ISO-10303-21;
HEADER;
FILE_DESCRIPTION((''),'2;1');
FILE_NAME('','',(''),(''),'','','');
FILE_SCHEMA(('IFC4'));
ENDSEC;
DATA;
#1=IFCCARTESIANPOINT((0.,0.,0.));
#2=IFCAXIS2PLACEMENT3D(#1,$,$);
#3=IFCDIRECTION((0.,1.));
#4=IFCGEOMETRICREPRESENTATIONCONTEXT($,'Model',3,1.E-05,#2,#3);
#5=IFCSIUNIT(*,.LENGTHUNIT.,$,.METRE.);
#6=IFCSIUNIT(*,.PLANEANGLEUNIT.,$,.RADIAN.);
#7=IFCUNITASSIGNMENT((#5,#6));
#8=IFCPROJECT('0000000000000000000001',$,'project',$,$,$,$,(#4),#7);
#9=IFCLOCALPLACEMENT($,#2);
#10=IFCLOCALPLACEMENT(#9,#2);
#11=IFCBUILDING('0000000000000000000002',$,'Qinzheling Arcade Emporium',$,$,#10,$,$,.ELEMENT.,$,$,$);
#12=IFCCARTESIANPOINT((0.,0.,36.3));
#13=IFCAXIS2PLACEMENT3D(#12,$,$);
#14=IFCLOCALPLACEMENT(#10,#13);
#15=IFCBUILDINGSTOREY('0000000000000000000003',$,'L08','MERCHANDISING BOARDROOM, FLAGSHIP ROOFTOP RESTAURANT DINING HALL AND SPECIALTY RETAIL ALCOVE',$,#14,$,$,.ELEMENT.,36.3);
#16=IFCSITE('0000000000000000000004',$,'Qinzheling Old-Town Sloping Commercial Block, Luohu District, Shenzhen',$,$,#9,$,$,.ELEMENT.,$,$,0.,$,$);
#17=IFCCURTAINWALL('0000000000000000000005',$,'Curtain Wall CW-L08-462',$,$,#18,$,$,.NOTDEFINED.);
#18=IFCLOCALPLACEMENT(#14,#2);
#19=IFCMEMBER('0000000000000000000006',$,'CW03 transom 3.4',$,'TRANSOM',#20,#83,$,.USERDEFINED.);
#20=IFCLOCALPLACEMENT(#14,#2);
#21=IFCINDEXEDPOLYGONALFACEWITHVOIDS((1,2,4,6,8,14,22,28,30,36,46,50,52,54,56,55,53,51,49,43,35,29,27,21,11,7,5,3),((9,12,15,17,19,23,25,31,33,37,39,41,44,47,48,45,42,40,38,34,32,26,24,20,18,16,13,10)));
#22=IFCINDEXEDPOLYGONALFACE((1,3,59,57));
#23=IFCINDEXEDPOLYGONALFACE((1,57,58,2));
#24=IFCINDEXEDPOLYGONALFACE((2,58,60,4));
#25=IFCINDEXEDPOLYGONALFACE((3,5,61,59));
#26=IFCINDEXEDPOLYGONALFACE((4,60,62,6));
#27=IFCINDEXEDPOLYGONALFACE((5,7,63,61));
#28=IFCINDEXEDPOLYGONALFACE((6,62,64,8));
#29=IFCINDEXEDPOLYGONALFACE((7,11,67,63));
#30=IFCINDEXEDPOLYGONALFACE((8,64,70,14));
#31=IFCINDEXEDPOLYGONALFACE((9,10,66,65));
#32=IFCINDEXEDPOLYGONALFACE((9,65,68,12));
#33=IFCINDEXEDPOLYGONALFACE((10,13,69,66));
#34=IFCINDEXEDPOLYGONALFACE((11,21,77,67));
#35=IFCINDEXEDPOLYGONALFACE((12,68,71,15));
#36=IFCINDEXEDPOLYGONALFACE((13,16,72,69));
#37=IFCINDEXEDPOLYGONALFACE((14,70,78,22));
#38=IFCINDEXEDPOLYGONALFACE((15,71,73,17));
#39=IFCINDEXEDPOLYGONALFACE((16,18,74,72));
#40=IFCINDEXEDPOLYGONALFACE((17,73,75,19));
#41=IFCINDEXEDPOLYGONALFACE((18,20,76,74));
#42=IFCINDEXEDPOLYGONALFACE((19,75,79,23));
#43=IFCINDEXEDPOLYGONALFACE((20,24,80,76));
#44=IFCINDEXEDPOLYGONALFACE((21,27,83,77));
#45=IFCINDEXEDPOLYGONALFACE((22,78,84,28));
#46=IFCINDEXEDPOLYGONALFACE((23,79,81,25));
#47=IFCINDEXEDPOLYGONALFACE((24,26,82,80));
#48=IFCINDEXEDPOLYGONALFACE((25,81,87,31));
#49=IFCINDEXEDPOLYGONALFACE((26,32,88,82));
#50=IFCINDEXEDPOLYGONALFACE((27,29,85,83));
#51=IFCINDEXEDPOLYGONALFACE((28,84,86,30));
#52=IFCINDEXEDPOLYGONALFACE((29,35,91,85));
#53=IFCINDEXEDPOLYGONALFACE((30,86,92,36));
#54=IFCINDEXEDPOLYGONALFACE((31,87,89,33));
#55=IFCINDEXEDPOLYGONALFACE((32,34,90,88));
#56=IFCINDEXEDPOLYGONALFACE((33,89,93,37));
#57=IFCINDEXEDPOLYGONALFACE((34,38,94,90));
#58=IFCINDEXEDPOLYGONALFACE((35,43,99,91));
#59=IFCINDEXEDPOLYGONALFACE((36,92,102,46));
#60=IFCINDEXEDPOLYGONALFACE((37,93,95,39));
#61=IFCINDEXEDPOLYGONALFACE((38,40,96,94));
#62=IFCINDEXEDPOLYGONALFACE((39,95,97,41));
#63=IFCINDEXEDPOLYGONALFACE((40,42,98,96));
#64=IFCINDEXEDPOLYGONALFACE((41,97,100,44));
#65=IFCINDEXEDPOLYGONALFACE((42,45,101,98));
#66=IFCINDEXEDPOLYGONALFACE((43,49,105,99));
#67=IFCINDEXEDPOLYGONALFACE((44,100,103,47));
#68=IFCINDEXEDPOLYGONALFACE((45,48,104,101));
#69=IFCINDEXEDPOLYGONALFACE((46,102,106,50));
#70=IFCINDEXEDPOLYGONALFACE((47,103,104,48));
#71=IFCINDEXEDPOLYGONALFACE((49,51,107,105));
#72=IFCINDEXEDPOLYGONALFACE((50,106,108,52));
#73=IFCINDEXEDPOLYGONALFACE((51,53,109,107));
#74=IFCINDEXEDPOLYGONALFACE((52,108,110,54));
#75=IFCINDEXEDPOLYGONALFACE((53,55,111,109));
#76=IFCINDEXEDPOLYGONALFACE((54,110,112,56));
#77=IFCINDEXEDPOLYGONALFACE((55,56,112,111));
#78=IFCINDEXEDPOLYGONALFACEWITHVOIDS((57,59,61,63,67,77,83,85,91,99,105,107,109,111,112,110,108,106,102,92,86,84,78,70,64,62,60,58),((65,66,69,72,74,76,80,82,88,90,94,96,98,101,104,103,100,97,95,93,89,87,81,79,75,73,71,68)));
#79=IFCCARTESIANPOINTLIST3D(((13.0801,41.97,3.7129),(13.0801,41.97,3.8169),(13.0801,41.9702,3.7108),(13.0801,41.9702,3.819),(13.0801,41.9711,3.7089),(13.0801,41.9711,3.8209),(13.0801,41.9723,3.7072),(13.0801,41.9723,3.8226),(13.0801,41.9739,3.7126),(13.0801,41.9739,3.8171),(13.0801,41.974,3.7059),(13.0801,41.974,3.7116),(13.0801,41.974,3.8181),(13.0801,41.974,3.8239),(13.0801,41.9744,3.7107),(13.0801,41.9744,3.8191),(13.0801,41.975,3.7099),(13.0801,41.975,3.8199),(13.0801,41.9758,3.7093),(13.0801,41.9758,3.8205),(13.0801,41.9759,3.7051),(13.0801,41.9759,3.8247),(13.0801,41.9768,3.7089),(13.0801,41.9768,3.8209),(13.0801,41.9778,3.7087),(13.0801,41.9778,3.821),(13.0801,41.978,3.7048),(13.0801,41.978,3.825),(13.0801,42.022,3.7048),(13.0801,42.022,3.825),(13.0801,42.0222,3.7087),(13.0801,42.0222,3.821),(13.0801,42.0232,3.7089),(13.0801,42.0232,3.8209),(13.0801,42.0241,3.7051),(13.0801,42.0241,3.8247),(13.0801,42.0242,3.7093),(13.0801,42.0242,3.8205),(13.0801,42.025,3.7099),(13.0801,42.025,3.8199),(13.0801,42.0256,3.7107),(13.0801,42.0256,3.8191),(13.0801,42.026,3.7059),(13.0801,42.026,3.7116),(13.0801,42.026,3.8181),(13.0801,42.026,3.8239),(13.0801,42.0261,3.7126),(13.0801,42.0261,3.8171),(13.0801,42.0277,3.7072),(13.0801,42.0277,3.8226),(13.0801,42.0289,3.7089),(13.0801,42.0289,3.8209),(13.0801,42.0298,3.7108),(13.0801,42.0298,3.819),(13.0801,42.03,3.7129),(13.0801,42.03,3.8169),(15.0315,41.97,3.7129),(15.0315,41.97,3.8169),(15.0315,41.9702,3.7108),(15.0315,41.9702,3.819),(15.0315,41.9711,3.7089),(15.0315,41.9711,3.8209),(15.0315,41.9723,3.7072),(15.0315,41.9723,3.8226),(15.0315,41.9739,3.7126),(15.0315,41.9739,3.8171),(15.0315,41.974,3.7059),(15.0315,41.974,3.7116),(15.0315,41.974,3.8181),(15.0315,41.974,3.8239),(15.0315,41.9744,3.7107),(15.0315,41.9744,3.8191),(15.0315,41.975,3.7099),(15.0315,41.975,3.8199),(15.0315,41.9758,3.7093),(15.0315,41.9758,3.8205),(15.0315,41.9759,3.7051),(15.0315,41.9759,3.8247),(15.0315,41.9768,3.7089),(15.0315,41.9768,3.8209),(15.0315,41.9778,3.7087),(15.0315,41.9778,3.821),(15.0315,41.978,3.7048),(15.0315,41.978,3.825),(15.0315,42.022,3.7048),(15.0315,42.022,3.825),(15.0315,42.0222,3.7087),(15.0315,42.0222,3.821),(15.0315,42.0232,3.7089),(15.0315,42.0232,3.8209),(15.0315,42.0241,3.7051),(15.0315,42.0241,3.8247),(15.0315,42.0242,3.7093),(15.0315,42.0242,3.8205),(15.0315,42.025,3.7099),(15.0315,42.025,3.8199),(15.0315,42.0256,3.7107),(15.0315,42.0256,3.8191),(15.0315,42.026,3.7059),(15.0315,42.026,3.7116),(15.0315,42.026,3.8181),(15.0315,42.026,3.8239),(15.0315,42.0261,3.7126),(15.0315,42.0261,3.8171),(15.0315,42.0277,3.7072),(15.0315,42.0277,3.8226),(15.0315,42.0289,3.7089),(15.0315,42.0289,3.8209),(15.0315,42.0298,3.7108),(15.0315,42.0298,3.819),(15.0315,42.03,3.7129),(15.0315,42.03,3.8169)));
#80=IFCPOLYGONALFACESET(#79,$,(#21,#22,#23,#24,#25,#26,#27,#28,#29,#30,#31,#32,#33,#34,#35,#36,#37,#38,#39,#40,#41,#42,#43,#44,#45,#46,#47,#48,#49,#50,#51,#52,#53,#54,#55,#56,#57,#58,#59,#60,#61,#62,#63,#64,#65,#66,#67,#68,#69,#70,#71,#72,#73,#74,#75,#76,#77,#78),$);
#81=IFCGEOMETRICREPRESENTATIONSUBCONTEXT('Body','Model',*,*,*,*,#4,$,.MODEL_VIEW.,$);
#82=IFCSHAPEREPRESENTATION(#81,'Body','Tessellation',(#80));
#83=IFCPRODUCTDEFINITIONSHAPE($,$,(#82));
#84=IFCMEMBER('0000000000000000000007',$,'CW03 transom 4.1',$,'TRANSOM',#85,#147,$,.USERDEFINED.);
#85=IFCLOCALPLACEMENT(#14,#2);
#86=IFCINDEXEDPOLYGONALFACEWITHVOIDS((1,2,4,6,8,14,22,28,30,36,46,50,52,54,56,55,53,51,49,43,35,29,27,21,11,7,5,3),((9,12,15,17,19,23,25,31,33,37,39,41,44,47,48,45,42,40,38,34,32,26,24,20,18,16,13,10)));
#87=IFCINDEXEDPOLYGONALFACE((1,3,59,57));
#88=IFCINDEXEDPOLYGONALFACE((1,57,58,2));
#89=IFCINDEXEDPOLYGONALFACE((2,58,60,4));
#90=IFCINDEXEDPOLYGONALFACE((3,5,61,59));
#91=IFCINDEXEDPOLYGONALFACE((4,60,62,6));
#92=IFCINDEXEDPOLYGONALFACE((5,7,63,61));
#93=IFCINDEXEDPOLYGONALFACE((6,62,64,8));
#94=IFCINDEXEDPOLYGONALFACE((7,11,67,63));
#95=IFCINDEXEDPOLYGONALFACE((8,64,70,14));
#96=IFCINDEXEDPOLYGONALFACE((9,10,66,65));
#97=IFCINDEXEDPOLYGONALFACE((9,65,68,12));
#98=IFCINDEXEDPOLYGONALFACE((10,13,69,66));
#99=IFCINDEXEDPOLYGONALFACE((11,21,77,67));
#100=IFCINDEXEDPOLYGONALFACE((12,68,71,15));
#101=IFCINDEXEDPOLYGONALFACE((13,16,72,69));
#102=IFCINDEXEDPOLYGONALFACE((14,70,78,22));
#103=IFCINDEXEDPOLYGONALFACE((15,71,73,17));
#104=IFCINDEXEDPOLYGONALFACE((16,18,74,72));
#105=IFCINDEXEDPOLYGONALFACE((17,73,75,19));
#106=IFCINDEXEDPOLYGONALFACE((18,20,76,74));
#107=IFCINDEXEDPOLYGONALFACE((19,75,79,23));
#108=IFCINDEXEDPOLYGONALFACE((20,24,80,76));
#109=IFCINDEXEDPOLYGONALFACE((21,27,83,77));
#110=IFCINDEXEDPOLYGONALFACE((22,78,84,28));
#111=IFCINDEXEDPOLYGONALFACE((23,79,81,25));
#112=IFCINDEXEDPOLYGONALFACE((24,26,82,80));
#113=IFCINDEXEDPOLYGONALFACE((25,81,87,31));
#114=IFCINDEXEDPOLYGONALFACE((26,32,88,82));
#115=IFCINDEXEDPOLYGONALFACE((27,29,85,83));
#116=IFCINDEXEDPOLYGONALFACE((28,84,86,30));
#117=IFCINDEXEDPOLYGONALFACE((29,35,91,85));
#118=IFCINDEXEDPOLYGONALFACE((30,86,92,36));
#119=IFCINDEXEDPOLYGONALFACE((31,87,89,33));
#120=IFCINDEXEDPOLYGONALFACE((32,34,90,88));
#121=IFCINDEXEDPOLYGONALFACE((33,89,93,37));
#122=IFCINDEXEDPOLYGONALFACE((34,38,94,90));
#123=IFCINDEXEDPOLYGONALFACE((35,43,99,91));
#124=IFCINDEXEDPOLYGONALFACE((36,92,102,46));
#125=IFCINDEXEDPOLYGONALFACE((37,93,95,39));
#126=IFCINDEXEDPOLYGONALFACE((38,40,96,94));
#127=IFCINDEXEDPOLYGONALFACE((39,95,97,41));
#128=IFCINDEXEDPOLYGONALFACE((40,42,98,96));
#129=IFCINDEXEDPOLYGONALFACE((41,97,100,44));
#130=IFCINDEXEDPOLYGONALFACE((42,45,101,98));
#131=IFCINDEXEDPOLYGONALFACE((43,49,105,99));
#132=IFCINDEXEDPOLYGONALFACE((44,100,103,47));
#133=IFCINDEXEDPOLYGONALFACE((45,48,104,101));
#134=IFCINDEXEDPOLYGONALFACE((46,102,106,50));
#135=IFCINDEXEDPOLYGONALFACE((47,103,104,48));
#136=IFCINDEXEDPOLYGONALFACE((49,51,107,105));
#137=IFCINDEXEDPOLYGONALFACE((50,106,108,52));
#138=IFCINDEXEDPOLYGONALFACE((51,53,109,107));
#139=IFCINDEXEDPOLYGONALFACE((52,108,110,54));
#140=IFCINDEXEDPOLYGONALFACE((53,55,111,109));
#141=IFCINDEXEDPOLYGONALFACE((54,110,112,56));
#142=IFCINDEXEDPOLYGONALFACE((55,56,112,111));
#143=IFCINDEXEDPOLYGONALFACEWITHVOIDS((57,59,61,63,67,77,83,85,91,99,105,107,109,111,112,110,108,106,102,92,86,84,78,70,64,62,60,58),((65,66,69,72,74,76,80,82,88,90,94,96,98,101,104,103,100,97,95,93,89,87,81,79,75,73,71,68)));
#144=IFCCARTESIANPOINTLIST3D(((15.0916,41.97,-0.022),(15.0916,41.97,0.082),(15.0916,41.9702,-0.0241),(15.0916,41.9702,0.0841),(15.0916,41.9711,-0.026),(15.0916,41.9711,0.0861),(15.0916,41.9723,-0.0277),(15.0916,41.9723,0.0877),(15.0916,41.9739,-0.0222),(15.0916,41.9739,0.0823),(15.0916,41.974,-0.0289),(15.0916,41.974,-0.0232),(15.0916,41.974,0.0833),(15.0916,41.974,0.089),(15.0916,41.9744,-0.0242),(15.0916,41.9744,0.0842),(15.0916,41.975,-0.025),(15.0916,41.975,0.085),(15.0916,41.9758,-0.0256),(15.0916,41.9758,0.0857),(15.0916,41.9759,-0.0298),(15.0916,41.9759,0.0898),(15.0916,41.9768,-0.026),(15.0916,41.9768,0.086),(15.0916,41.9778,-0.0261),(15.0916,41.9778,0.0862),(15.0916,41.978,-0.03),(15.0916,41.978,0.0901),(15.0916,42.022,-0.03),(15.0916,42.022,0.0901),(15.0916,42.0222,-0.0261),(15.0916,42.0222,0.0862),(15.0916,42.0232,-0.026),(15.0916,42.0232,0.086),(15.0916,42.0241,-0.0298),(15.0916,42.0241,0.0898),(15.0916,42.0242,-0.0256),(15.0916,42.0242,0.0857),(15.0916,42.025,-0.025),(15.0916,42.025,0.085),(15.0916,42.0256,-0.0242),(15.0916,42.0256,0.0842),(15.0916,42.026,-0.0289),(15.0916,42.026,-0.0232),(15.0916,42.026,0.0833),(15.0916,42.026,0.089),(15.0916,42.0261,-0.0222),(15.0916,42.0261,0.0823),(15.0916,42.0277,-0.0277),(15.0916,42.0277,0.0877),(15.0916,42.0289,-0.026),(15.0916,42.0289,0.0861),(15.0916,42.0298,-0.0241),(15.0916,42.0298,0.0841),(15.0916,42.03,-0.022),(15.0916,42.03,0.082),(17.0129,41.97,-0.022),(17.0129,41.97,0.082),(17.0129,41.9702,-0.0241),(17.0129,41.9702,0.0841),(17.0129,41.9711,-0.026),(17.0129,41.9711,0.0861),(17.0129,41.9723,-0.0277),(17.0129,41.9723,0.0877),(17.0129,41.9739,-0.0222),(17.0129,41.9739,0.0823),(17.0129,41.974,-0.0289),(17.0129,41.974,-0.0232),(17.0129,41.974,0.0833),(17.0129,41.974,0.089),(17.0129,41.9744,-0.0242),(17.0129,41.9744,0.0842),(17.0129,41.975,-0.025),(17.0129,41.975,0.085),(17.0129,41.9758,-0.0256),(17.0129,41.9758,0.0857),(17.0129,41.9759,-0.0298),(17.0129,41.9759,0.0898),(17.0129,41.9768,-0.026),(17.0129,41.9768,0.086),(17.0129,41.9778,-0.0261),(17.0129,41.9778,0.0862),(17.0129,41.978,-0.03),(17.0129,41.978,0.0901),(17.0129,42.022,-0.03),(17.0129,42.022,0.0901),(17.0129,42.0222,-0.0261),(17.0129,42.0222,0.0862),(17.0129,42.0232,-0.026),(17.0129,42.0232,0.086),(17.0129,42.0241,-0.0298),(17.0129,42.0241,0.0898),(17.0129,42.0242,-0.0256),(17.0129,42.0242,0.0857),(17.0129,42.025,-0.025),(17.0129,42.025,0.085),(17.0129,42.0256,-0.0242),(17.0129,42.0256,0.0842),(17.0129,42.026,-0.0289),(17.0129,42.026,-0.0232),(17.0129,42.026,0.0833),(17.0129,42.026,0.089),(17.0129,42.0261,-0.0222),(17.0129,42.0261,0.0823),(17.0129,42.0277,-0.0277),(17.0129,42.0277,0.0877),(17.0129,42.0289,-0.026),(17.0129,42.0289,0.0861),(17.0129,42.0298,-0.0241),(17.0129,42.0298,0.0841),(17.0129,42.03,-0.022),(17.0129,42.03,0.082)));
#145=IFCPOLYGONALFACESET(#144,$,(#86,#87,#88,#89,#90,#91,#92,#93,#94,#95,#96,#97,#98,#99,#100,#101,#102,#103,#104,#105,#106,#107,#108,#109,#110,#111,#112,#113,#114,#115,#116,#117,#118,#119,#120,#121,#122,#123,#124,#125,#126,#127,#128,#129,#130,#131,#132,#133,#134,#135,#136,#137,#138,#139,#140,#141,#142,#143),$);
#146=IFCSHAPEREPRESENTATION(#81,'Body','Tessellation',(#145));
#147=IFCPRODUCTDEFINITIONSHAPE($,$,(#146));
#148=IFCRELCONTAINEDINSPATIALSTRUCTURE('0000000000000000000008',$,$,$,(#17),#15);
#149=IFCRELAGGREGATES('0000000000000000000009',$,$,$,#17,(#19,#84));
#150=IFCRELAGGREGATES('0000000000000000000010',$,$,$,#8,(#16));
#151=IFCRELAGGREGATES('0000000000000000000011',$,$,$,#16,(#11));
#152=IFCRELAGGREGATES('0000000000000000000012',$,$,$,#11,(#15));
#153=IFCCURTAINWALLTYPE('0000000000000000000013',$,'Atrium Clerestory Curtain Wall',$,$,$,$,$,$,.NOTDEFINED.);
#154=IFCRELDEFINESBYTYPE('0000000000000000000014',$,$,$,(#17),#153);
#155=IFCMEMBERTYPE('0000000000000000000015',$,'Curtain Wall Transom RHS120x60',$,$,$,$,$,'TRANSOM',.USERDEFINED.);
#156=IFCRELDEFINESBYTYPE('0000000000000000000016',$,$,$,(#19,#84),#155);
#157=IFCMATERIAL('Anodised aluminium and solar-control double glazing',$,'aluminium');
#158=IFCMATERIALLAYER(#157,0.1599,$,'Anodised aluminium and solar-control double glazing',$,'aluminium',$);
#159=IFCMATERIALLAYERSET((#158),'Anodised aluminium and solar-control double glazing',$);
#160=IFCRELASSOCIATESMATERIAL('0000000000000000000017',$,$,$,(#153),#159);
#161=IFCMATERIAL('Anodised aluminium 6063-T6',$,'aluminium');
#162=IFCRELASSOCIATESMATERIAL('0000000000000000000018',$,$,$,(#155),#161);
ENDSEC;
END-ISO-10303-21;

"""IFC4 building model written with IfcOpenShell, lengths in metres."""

from ifc_helpers import new_model, si_unit, direction, frame, origin, origin_2d, place, context, subcontext, project, spatial, hollow_rectangle, extrude, material, layer, layer_set, material_profile, profile_set, type_object, element, aggregate, save


model = new_model("IFC4")

# Units and contexts
model_context = context("Model", 3, precision=1e-05, world=origin(), true_north=direction((0.0, 1.0)))
body_context = subcontext(model_context, "Body", "Model", "MODEL_VIEW")
ifc_project = project(units=[si_unit("LENGTHUNIT", "METRE"), si_unit("PLANEANGLEUNIT", "RADIAN")], contexts=[model_context])

# Site, building, storey
site_placement = place(None, origin())
site = spatial("IfcSite", under=ifc_project, at=site_placement, Name="Qinzheling Old-Town Sloping Commercial Block, Luohu District, Shenzhen", CompositionType="ELEMENT", RefElevation=0.0)
building_placement = place(site_placement, origin())
building = spatial("IfcBuilding", under=site, at=building_placement, Name="Qinzheling Arcade Emporium", CompositionType="ELEMENT")
storey_placement = place(building_placement, frame((0.0, 0.0, 36.3)))
storey = spatial("IfcBuildingStorey", under=building, at=storey_placement, Name="L08", Description="MERCHANDISING BOARDROOM, FLAGSHIP ROOFTOP RESTAURANT DINING HALL AND SPECIALTY RETAIL ALCOVE", CompositionType="ELEMENT", Elevation=36.3)

# Curtain wall, members
ifc_material_1 = material(Name="Anodised aluminium and solar-control double glazing", Category="aluminium")
ifc_layer_1 = layer(ifc_material_1, 0.1599, Name="Anodised aluminium and solar-control double glazing", Category="aluminium")
ifc_layer_set_1 = layer_set([ifc_layer_1], Name="Anodised aluminium and solar-control double glazing")
curtain_wall_type = type_object("IfcCurtainWallType", Name="Atrium Clerestory Curtain Wall", PredefinedType="NOTDEFINED", material=ifc_layer_set_1)
curtain_wall_placement = place(storey_placement, origin())
curtain_wall = element("IfcCurtainWall", 1, at=curtain_wall_placement, inside=storey, type_object=curtain_wall_type, Name="Curtain Wall CW-L08-462", PredefinedType="NOTDEFINED")
ifc_material_2 = material(Name="Anodised aluminium 6063-T6", Category="aluminium")
ifc_material_profile_1 = material_profile(ifc_material_2, hollow_rectangle(XDim=0.0601, YDim=0.1201, WallThickness=0.0039, InnerFilletRadius=0.0039, OuterFilletRadius=0.0081, at=origin_2d()), Name="RHS 120x60x4", Category="aluminium")
ifc_profile_set_1 = profile_set([ifc_material_profile_1], Name="Anodised aluminium 6063-T6")
member_type_1 = type_object("IfcMemberType", Name="Curtain Wall Transom RHS120x60", ElementType="TRANSOM", PredefinedType="USERDEFINED", material=ifc_profile_set_1)
member_1_placement = place(storey_placement, frame((13.0801, 42.0, 3.7649), z_axis=(1.0, 0.0, 0.0), x_axis=(0.0, 1.0, 0.0)))
member_1 = element("IfcMember", 2, at=member_1_placement, type_object=member_type_1, Name="CW03 transom 3.4", ObjectType="TRANSOM", PredefinedType="USERDEFINED", context=body_context, shape_type="SweptSolid", body=[
    extrude(hollow_rectangle(XDim=0.0601, YDim=0.1201, WallThickness=0.0039, InnerFilletRadius=0.0039, OuterFilletRadius=0.0081, at=origin_2d()), origin(), (0.0, 0.0, 1.0), 1.9514),
])
member_2_placement = place(storey_placement, frame((15.0916, 42.0, 0.03), z_axis=(1.0, 0.0, 0.0), x_axis=(0.0, 1.0, 0.0)))
member_2 = element("IfcMember", 3, at=member_2_placement, type_object=member_type_1, Name="CW03 transom 4.1", ObjectType="TRANSOM", PredefinedType="USERDEFINED", context=body_context, shape_type="SweptSolid", body=[
    extrude(hollow_rectangle(XDim=0.0601, YDim=0.1201, WallThickness=0.0039, InnerFilletRadius=0.0039, OuterFilletRadius=0.0081, at=origin_2d()), origin(), (0.0, 0.0, 1.0), 1.9214),
])

aggregate(curtain_wall, [member_1, member_2])

save(model, "model.ifc")
